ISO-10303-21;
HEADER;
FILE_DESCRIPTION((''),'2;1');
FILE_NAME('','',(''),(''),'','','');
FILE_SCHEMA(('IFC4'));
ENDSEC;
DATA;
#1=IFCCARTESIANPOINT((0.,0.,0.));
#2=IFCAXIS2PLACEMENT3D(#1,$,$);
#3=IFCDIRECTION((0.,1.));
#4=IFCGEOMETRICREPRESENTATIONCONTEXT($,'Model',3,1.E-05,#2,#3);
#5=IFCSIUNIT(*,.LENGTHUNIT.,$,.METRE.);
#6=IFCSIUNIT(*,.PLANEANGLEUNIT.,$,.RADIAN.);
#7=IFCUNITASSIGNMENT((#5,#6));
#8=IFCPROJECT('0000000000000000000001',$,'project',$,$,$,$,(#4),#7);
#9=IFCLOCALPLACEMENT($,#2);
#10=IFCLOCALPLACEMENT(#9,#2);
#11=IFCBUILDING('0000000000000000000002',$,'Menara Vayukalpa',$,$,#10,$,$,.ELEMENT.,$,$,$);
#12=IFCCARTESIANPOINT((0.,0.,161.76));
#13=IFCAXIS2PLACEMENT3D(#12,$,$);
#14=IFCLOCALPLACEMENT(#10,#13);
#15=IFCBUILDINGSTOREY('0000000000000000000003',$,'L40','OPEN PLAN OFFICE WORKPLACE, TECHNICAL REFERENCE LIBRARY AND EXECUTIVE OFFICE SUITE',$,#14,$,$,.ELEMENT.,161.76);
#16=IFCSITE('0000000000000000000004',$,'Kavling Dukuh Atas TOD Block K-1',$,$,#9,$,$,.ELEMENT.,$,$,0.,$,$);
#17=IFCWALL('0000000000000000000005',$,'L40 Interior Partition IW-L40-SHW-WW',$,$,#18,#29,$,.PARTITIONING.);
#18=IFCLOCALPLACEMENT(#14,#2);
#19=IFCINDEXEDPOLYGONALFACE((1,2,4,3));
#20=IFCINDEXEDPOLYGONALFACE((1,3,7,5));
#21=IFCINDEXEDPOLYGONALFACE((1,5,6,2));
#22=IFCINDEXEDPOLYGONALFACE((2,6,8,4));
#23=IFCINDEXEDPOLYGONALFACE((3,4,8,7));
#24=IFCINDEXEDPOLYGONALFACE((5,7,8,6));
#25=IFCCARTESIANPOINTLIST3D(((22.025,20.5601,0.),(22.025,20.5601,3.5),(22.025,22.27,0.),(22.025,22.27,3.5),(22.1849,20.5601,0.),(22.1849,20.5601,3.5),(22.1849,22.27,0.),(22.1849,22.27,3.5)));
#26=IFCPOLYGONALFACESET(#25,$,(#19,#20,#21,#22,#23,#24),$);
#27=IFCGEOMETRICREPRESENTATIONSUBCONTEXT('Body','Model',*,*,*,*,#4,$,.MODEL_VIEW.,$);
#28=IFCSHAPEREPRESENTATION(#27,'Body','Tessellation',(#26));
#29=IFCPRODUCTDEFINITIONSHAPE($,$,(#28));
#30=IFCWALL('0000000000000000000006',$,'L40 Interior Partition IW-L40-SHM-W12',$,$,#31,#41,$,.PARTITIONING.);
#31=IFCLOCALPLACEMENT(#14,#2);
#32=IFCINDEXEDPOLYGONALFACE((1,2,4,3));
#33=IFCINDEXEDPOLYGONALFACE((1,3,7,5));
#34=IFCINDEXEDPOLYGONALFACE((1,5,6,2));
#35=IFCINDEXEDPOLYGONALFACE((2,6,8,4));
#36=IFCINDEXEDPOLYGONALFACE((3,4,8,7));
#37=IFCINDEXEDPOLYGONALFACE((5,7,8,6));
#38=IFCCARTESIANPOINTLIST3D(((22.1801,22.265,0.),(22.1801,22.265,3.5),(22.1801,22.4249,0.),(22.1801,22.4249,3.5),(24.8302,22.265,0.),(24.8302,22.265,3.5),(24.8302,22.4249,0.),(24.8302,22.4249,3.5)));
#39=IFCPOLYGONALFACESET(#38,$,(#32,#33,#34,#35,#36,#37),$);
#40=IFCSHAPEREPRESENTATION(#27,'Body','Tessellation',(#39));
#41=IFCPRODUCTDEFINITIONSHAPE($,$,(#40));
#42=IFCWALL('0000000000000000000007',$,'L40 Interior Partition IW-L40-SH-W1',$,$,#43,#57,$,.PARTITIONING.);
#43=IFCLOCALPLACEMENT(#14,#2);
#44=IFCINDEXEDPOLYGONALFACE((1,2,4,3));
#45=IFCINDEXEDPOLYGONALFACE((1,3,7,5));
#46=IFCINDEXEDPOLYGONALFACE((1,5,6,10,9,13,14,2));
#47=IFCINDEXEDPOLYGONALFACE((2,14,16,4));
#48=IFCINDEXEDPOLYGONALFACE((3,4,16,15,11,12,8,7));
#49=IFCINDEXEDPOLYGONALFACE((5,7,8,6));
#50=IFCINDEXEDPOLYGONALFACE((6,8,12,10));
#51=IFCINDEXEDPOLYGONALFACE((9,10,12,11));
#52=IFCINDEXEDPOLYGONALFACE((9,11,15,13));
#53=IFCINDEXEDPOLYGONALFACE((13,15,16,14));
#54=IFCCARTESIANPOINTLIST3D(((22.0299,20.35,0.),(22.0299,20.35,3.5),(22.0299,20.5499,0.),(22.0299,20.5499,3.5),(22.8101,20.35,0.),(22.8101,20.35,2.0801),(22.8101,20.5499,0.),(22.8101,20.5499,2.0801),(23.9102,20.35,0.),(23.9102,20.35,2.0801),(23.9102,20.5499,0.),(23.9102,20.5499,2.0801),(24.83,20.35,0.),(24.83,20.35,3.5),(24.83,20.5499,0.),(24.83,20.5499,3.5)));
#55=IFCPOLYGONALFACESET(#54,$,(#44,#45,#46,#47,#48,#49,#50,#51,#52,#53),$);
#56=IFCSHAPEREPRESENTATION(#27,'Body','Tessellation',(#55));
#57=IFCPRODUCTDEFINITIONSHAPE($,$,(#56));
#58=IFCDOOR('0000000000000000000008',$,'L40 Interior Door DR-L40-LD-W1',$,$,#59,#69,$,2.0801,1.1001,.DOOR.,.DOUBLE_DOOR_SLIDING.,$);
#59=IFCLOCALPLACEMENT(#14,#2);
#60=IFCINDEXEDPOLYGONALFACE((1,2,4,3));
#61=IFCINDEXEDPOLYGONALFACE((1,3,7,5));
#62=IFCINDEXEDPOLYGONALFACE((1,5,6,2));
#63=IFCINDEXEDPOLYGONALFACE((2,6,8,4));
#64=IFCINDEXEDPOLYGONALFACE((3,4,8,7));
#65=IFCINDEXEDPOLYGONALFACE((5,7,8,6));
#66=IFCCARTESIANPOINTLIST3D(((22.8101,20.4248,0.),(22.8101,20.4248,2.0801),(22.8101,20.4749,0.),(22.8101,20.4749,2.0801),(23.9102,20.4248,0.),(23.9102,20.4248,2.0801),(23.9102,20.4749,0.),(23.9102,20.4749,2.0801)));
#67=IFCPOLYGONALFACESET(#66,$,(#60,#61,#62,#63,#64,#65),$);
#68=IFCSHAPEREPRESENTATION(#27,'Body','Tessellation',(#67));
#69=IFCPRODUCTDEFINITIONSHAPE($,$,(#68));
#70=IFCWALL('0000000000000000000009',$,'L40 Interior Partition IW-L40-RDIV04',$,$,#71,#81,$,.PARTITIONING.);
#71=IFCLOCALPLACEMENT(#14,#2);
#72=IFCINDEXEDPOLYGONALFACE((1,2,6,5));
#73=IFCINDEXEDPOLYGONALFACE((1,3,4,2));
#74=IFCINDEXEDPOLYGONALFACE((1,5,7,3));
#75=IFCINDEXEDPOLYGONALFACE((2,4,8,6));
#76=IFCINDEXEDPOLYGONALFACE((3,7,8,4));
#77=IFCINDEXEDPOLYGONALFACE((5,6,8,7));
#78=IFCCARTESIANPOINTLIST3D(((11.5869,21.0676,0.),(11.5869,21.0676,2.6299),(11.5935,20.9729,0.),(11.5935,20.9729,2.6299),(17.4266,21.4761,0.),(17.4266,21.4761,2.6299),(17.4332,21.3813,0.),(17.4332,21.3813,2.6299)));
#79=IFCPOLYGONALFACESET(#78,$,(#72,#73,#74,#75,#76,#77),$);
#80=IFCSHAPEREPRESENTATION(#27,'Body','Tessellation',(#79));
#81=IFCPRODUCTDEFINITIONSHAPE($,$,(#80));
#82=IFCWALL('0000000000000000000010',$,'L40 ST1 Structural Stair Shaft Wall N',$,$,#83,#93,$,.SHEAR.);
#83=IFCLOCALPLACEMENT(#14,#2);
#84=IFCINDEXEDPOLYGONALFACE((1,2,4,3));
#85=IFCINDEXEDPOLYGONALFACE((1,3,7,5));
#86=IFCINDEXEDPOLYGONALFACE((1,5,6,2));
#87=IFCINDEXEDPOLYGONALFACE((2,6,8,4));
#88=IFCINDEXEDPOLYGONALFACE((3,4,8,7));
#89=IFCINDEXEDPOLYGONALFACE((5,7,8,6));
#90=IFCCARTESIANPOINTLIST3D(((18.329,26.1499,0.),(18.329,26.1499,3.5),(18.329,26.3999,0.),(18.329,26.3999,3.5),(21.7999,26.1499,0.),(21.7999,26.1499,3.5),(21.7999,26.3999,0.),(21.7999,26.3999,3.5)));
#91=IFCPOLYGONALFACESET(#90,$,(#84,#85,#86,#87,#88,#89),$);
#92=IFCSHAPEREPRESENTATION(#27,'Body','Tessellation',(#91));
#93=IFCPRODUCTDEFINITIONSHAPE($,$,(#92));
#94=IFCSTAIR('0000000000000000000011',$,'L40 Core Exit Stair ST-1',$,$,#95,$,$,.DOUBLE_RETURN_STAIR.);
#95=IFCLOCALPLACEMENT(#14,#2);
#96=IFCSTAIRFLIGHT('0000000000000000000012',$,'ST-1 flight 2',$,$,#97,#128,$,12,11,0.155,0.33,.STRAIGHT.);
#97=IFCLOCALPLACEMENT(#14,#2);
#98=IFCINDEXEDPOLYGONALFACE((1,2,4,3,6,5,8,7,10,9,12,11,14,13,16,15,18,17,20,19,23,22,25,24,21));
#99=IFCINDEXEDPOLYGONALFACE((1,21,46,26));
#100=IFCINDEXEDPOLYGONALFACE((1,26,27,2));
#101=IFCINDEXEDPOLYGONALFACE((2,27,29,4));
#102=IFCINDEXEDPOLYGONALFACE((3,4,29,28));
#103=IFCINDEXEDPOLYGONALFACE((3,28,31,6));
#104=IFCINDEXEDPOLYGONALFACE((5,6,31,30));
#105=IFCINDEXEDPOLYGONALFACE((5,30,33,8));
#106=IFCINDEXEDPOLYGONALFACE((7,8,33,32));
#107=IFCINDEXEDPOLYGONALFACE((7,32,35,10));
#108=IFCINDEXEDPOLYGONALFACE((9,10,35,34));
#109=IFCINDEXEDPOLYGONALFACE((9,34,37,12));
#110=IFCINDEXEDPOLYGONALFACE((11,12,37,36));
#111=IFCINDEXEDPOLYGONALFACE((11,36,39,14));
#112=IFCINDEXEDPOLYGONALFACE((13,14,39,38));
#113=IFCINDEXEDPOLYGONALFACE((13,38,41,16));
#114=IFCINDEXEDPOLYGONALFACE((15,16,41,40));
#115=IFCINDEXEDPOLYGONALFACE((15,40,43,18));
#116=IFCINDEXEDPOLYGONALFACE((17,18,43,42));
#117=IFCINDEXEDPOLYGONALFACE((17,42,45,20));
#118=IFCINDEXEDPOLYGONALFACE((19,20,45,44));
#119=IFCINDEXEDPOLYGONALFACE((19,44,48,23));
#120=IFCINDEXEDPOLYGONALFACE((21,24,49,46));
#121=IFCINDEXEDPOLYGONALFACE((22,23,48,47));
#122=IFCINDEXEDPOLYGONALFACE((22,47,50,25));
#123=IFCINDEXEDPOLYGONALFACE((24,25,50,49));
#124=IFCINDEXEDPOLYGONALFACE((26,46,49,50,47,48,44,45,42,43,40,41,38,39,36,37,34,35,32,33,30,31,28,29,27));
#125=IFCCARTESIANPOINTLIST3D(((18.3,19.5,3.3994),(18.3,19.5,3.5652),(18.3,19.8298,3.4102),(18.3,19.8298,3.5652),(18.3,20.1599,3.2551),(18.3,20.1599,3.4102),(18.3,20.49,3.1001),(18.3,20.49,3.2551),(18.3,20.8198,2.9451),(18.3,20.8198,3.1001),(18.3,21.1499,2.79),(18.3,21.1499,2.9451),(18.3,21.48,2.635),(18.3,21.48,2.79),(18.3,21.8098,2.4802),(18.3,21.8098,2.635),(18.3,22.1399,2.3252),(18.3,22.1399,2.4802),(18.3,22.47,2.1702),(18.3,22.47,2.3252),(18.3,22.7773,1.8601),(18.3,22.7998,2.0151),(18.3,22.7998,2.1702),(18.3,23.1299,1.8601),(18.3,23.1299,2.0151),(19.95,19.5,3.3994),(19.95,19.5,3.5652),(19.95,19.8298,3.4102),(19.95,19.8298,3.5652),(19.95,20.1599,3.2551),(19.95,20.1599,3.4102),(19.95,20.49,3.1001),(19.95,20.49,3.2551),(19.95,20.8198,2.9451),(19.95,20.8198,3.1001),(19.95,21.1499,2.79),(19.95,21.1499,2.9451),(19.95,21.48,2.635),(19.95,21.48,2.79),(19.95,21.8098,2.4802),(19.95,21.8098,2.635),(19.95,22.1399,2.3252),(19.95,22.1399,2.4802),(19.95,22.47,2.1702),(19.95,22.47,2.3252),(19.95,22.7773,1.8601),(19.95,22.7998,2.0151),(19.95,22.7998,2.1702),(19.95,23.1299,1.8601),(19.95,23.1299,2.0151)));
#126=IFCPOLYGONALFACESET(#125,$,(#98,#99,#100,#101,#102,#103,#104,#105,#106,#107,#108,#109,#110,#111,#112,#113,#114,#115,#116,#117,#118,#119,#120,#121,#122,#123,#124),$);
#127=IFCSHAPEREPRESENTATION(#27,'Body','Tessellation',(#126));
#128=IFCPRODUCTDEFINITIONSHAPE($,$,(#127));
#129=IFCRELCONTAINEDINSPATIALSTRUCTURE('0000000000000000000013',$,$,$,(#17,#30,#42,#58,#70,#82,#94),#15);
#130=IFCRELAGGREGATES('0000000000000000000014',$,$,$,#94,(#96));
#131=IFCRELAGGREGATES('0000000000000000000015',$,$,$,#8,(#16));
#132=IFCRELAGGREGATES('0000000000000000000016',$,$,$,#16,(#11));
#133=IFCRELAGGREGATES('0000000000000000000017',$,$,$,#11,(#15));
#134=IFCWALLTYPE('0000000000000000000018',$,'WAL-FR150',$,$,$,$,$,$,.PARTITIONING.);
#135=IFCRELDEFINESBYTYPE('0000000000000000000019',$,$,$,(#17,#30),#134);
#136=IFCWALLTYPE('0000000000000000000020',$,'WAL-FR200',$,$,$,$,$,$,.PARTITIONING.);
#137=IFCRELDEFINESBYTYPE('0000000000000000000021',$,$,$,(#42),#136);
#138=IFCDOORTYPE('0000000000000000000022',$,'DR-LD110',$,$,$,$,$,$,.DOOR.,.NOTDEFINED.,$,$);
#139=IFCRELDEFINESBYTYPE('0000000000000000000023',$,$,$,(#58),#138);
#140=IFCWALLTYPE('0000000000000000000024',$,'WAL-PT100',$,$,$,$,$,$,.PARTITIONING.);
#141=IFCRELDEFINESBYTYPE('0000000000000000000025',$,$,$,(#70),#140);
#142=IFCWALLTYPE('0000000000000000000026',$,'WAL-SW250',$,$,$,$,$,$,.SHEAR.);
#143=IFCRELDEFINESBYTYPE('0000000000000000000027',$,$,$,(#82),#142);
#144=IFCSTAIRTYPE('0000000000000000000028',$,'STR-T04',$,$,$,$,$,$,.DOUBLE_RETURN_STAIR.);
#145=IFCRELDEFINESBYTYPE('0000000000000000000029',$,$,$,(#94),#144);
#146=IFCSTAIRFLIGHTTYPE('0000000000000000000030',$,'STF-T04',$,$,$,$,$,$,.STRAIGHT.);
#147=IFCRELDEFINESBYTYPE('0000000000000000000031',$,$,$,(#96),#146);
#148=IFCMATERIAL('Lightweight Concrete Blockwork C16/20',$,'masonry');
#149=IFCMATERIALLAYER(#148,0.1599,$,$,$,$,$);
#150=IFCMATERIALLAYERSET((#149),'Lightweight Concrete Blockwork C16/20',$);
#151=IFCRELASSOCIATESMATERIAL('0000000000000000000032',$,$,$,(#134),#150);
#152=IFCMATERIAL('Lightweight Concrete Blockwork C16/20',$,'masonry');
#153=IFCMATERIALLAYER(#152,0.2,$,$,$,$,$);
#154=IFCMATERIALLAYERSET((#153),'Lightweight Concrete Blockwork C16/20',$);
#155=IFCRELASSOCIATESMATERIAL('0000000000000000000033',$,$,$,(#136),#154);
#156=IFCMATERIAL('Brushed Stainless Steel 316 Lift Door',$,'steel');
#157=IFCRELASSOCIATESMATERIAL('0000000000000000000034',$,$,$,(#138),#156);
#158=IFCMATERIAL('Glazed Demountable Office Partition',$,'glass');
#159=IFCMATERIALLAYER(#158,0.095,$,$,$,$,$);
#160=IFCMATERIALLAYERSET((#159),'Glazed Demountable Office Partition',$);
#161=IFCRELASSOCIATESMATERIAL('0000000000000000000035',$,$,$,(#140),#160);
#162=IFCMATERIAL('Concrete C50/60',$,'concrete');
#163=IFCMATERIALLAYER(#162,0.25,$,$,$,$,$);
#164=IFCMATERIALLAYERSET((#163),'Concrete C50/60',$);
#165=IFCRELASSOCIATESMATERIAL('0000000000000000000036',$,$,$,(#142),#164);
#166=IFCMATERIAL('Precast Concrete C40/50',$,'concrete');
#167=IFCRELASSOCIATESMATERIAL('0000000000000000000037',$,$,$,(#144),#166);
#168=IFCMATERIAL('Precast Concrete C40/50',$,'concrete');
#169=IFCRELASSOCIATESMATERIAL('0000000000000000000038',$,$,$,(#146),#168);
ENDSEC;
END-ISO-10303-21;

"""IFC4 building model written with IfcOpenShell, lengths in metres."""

from ifc_helpers import new_model, si_unit, direction, frame, frame_2d, origin, place, context, subcontext, project, spatial, polyline, rectangle, outline, extrude, material, layer, layer_set, type_object, element, fill, aggregate, save


model = new_model("IFC4")

# Units and contexts
model_context = context("Model", 3, precision=1e-05, world=origin(), true_north=direction((0.0, 1.0)))
body_context = subcontext(model_context, "Body", "Model", "MODEL_VIEW")
ifc_project = project(units=[si_unit("LENGTHUNIT", "METRE"), si_unit("PLANEANGLEUNIT", "RADIAN")], contexts=[model_context])

# Site, building, storey
site_placement = place(None, origin())
site = spatial("IfcSite", under=ifc_project, at=site_placement, Name="Kavling Dukuh Atas TOD Block K-1", CompositionType="ELEMENT", RefElevation=0.0)
building_placement = place(site_placement, origin())
building = spatial("IfcBuilding", under=site, at=building_placement, Name="Menara Vayukalpa", CompositionType="ELEMENT")
storey_placement = place(building_placement, frame((0.0, 0.0, 161.76)))
storey = spatial("IfcBuildingStorey", under=building, at=storey_placement, Name="L40", Description="OPEN PLAN OFFICE WORKPLACE, TECHNICAL REFERENCE LIBRARY AND EXECUTIVE OFFICE SUITE", CompositionType="ELEMENT", Elevation=161.76)

# Walls
ifc_material_1 = material(Name="Lightweight Concrete Blockwork C16/20", Category="masonry")
ifc_layer_1 = layer(ifc_material_1, 0.1599)
ifc_layer_set_1 = layer_set([ifc_layer_1], Name="Lightweight Concrete Blockwork C16/20")
wall_type_1 = type_object("IfcWallType", Name="WAL-FR150", PredefinedType="PARTITIONING", material=ifc_layer_set_1)
wall_1_placement = place(storey_placement, frame((22.105, 20.5601, 0.0), z_axis=(0.0, 0.0, 1.0), x_axis=(0.0, 1.0, 0.0)))
element("IfcWall", 1, at=wall_1_placement, inside=storey, type_object=wall_type_1, Name="L40 Interior Partition IW-L40-SHW-WW", PredefinedType="PARTITIONING", context=body_context, shape_type="SweptSolid", body=[
    extrude(rectangle(XDim=1.71, YDim=0.1599, at=frame_2d((0.855, 0.0))), origin(), (0.0, 0.0, 1.0), 3.5),
])
wall_2_placement = place(storey_placement, frame((22.1799, 22.345, 0.0), z_axis=(0.0, 0.0, 1.0), x_axis=(1.0, 0.0, 0.0)))
element("IfcWall", 2, at=wall_2_placement, inside=storey, type_object=wall_type_1, Name="L40 Interior Partition IW-L40-SHM-W12", PredefinedType="PARTITIONING", context=body_context, shape_type="SweptSolid", body=[
    extrude(rectangle(XDim=2.6501, YDim=0.1599, at=frame_2d((1.3252, 0.0))), origin(), (0.0, 0.0, 1.0), 3.5),
])

# Wall, opening, door
ifc_material_2 = material(Name="Lightweight Concrete Blockwork C16/20", Category="masonry")
ifc_layer_2 = layer(ifc_material_2, 0.2)
ifc_layer_set_2 = layer_set([ifc_layer_2], Name="Lightweight Concrete Blockwork C16/20")
wall_type_2 = type_object("IfcWallType", Name="WAL-FR200", PredefinedType="PARTITIONING", material=ifc_layer_set_2)
wall_3_placement = place(storey_placement, frame((22.03, 20.45, 0.0), z_axis=(0.0, 0.0, 1.0), x_axis=(1.0, 0.0, 0.0)))
wall_3 = element("IfcWall", 3, at=wall_3_placement, inside=storey, type_object=wall_type_2, Name="L40 Interior Partition IW-L40-SH-W1", PredefinedType="PARTITIONING", context=body_context, shape_type="SweptSolid", body=[
    extrude(rectangle(XDim=2.8, YDim=0.2, at=frame_2d((1.3999, 0.0))), origin(), (0.0, 0.0, 1.0), 3.5),
])
opening_placement = place(wall_3_placement, frame((0.78, 0.0, 0.0)))
opening = element("IfcOpeningElement", 4, at=opening_placement, cuts=wall_3, PredefinedType="OPENING", context=body_context, shape_type="SweptSolid", body=[
    extrude(rectangle(XDim=1.1001, YDim=2.0801, at=frame_2d((0.55, 1.04))), frame((0.0, 0.1099, 0.0), z_axis=(0.0, -1.0, 0.0), x_axis=(1.0, 0.0, 0.0)), (0.0, 0.0, 1.0), 0.22),
])
ifc_material_3 = material(Name="Brushed Stainless Steel 316 Lift Door", Category="steel")
door_type = type_object("IfcDoorType", Name="DR-LD110", OperationType="NOTDEFINED", PredefinedType="DOOR", material=ifc_material_3)
door_placement = place(opening_placement, origin())
door = element("IfcDoor", 5, at=door_placement, inside=storey, type_object=door_type, Name="L40 Interior Door DR-L40-LD-W1", OperationType="DOUBLE_DOOR_SLIDING", OverallHeight=2.0801, OverallWidth=1.1001, PredefinedType="DOOR", context=body_context, shape_type="SweptSolid", body=[
    extrude(rectangle(XDim=1.1001, YDim=2.0801, at=frame_2d((0.55, 1.04))), frame((0.0, 0.0249, 0.0), z_axis=(0.0, -1.0, 0.0), x_axis=(1.0, 0.0, 0.0)), (0.0, 0.0, 1.0), 0.05),
])
fill(opening, door)

# Walls
ifc_material_4 = material(Name="Glazed Demountable Office Partition", Category="glass")
ifc_layer_3 = layer(ifc_material_4, 0.095)
ifc_layer_set_3 = layer_set([ifc_layer_3], Name="Glazed Demountable Office Partition")
wall_type_3 = type_object("IfcWallType", Name="WAL-PT100", PredefinedType="PARTITIONING", material=ifc_layer_set_3)
wall_4_placement = place(storey_placement, frame((17.4299, 21.4287, 0.0), z_axis=(0.0, 0.0, 1.0), x_axis=(-0.997563, -0.069771, 0.0)))
element("IfcWall", 6, at=wall_4_placement, inside=storey, type_object=wall_type_3, Name="L40 Interior Partition IW-L40-RDIV04", PredefinedType="PARTITIONING", context=body_context, shape_type="SweptSolid", body=[
    extrude(rectangle(XDim=5.854, YDim=0.095, at=frame_2d((2.927, 0.0))), origin(), (0.0, 0.0, 1.0), 2.6299),
])
ifc_material_5 = material(Name="Concrete C50/60", Category="concrete")
ifc_layer_4 = layer(ifc_material_5, 0.25)
ifc_layer_set_4 = layer_set([ifc_layer_4], Name="Concrete C50/60")
wall_type_4 = type_object("IfcWallType", Name="WAL-SW250", PredefinedType="SHEAR", material=ifc_layer_set_4)
wall_5_placement = place(storey_placement, frame((18.3291, 26.2749, 0.0), z_axis=(0.0, 0.0, 1.0), x_axis=(1.0, 0.0, 0.0)))
element("IfcWall", 7, at=wall_5_placement, inside=storey, type_object=wall_type_4, Name="L40 ST1 Structural Stair Shaft Wall N", PredefinedType="SHEAR", context=body_context, shape_type="SweptSolid", body=[
    extrude(rectangle(XDim=3.4709, YDim=0.25, at=frame_2d((1.7354, 0.0))), origin(), (0.0, 0.0, 1.0), 3.5),
])

# Stair, stair flight
ifc_material_6 = material(Name="Precast Concrete C40/50", Category="concrete")
stair_type = type_object("IfcStairType", Name="STR-T04", PredefinedType="DOUBLE_RETURN_STAIR", material=ifc_material_6)
stair_placement = place(storey_placement, origin())
stair = element("IfcStair", 8, at=stair_placement, inside=storey, type_object=stair_type, Name="L40 Core Exit Stair ST-1", PredefinedType="DOUBLE_RETURN_STAIR")
ifc_material_7 = material(Name="Precast Concrete C40/50", Category="concrete")
stair_flight_type = type_object("IfcStairFlightType", Name="STF-T04", PredefinedType="STRAIGHT", material=ifc_material_7)
stair_flight_placement = place(storey_placement, frame((19.125, 23.1299, 1.8601), z_axis=(0.0, 0.0, 1.0), x_axis=(0.0, -1.0, 0.0)))
stair_flight = element("IfcStairFlight", 9, at=stair_flight_placement, type_object=stair_flight_type, Name="ST-1 flight 2", NumberOfRisers=12, NumberOfTreads=11, PredefinedType="STRAIGHT", RiserHeight=0.155, TreadLength=0.33, context=body_context, shape_type="SweptSolid", body=[
    extrude(outline(polyline([(0.0, 0.0), (0.0, 0.155), (0.3301, 0.155), (0.3301, 0.3101), (0.6599, 0.3101), (0.6599, 0.4651), (0.99, 0.4651), (0.99, 0.6201), (1.3201, 0.6201), (1.3201, 0.7749), (1.6499, 0.7749), (1.6499, 0.9299), (1.98, 0.9299), (1.98, 1.085), (2.3101, 1.085), (2.3101, 1.24), (2.6399, 1.24), (2.6399, 1.395), (2.97, 1.395), (2.97, 1.55), (3.3, 1.55), (3.3, 1.7051), (3.6299, 1.7051), (3.6299, 1.8601), (3.6299, 1.5393), (0.3525, 0.0), (0.0, 0.0)])), frame((0.0, 0.825, 0.0), z_axis=(0.0, -1.0, 0.0), x_axis=(1.0, 0.0, 0.0)), (0.0, 0.0, 1.0), 1.6499),
])
aggregate(stair, [stair_flight])

save(model, "model.ifc")
